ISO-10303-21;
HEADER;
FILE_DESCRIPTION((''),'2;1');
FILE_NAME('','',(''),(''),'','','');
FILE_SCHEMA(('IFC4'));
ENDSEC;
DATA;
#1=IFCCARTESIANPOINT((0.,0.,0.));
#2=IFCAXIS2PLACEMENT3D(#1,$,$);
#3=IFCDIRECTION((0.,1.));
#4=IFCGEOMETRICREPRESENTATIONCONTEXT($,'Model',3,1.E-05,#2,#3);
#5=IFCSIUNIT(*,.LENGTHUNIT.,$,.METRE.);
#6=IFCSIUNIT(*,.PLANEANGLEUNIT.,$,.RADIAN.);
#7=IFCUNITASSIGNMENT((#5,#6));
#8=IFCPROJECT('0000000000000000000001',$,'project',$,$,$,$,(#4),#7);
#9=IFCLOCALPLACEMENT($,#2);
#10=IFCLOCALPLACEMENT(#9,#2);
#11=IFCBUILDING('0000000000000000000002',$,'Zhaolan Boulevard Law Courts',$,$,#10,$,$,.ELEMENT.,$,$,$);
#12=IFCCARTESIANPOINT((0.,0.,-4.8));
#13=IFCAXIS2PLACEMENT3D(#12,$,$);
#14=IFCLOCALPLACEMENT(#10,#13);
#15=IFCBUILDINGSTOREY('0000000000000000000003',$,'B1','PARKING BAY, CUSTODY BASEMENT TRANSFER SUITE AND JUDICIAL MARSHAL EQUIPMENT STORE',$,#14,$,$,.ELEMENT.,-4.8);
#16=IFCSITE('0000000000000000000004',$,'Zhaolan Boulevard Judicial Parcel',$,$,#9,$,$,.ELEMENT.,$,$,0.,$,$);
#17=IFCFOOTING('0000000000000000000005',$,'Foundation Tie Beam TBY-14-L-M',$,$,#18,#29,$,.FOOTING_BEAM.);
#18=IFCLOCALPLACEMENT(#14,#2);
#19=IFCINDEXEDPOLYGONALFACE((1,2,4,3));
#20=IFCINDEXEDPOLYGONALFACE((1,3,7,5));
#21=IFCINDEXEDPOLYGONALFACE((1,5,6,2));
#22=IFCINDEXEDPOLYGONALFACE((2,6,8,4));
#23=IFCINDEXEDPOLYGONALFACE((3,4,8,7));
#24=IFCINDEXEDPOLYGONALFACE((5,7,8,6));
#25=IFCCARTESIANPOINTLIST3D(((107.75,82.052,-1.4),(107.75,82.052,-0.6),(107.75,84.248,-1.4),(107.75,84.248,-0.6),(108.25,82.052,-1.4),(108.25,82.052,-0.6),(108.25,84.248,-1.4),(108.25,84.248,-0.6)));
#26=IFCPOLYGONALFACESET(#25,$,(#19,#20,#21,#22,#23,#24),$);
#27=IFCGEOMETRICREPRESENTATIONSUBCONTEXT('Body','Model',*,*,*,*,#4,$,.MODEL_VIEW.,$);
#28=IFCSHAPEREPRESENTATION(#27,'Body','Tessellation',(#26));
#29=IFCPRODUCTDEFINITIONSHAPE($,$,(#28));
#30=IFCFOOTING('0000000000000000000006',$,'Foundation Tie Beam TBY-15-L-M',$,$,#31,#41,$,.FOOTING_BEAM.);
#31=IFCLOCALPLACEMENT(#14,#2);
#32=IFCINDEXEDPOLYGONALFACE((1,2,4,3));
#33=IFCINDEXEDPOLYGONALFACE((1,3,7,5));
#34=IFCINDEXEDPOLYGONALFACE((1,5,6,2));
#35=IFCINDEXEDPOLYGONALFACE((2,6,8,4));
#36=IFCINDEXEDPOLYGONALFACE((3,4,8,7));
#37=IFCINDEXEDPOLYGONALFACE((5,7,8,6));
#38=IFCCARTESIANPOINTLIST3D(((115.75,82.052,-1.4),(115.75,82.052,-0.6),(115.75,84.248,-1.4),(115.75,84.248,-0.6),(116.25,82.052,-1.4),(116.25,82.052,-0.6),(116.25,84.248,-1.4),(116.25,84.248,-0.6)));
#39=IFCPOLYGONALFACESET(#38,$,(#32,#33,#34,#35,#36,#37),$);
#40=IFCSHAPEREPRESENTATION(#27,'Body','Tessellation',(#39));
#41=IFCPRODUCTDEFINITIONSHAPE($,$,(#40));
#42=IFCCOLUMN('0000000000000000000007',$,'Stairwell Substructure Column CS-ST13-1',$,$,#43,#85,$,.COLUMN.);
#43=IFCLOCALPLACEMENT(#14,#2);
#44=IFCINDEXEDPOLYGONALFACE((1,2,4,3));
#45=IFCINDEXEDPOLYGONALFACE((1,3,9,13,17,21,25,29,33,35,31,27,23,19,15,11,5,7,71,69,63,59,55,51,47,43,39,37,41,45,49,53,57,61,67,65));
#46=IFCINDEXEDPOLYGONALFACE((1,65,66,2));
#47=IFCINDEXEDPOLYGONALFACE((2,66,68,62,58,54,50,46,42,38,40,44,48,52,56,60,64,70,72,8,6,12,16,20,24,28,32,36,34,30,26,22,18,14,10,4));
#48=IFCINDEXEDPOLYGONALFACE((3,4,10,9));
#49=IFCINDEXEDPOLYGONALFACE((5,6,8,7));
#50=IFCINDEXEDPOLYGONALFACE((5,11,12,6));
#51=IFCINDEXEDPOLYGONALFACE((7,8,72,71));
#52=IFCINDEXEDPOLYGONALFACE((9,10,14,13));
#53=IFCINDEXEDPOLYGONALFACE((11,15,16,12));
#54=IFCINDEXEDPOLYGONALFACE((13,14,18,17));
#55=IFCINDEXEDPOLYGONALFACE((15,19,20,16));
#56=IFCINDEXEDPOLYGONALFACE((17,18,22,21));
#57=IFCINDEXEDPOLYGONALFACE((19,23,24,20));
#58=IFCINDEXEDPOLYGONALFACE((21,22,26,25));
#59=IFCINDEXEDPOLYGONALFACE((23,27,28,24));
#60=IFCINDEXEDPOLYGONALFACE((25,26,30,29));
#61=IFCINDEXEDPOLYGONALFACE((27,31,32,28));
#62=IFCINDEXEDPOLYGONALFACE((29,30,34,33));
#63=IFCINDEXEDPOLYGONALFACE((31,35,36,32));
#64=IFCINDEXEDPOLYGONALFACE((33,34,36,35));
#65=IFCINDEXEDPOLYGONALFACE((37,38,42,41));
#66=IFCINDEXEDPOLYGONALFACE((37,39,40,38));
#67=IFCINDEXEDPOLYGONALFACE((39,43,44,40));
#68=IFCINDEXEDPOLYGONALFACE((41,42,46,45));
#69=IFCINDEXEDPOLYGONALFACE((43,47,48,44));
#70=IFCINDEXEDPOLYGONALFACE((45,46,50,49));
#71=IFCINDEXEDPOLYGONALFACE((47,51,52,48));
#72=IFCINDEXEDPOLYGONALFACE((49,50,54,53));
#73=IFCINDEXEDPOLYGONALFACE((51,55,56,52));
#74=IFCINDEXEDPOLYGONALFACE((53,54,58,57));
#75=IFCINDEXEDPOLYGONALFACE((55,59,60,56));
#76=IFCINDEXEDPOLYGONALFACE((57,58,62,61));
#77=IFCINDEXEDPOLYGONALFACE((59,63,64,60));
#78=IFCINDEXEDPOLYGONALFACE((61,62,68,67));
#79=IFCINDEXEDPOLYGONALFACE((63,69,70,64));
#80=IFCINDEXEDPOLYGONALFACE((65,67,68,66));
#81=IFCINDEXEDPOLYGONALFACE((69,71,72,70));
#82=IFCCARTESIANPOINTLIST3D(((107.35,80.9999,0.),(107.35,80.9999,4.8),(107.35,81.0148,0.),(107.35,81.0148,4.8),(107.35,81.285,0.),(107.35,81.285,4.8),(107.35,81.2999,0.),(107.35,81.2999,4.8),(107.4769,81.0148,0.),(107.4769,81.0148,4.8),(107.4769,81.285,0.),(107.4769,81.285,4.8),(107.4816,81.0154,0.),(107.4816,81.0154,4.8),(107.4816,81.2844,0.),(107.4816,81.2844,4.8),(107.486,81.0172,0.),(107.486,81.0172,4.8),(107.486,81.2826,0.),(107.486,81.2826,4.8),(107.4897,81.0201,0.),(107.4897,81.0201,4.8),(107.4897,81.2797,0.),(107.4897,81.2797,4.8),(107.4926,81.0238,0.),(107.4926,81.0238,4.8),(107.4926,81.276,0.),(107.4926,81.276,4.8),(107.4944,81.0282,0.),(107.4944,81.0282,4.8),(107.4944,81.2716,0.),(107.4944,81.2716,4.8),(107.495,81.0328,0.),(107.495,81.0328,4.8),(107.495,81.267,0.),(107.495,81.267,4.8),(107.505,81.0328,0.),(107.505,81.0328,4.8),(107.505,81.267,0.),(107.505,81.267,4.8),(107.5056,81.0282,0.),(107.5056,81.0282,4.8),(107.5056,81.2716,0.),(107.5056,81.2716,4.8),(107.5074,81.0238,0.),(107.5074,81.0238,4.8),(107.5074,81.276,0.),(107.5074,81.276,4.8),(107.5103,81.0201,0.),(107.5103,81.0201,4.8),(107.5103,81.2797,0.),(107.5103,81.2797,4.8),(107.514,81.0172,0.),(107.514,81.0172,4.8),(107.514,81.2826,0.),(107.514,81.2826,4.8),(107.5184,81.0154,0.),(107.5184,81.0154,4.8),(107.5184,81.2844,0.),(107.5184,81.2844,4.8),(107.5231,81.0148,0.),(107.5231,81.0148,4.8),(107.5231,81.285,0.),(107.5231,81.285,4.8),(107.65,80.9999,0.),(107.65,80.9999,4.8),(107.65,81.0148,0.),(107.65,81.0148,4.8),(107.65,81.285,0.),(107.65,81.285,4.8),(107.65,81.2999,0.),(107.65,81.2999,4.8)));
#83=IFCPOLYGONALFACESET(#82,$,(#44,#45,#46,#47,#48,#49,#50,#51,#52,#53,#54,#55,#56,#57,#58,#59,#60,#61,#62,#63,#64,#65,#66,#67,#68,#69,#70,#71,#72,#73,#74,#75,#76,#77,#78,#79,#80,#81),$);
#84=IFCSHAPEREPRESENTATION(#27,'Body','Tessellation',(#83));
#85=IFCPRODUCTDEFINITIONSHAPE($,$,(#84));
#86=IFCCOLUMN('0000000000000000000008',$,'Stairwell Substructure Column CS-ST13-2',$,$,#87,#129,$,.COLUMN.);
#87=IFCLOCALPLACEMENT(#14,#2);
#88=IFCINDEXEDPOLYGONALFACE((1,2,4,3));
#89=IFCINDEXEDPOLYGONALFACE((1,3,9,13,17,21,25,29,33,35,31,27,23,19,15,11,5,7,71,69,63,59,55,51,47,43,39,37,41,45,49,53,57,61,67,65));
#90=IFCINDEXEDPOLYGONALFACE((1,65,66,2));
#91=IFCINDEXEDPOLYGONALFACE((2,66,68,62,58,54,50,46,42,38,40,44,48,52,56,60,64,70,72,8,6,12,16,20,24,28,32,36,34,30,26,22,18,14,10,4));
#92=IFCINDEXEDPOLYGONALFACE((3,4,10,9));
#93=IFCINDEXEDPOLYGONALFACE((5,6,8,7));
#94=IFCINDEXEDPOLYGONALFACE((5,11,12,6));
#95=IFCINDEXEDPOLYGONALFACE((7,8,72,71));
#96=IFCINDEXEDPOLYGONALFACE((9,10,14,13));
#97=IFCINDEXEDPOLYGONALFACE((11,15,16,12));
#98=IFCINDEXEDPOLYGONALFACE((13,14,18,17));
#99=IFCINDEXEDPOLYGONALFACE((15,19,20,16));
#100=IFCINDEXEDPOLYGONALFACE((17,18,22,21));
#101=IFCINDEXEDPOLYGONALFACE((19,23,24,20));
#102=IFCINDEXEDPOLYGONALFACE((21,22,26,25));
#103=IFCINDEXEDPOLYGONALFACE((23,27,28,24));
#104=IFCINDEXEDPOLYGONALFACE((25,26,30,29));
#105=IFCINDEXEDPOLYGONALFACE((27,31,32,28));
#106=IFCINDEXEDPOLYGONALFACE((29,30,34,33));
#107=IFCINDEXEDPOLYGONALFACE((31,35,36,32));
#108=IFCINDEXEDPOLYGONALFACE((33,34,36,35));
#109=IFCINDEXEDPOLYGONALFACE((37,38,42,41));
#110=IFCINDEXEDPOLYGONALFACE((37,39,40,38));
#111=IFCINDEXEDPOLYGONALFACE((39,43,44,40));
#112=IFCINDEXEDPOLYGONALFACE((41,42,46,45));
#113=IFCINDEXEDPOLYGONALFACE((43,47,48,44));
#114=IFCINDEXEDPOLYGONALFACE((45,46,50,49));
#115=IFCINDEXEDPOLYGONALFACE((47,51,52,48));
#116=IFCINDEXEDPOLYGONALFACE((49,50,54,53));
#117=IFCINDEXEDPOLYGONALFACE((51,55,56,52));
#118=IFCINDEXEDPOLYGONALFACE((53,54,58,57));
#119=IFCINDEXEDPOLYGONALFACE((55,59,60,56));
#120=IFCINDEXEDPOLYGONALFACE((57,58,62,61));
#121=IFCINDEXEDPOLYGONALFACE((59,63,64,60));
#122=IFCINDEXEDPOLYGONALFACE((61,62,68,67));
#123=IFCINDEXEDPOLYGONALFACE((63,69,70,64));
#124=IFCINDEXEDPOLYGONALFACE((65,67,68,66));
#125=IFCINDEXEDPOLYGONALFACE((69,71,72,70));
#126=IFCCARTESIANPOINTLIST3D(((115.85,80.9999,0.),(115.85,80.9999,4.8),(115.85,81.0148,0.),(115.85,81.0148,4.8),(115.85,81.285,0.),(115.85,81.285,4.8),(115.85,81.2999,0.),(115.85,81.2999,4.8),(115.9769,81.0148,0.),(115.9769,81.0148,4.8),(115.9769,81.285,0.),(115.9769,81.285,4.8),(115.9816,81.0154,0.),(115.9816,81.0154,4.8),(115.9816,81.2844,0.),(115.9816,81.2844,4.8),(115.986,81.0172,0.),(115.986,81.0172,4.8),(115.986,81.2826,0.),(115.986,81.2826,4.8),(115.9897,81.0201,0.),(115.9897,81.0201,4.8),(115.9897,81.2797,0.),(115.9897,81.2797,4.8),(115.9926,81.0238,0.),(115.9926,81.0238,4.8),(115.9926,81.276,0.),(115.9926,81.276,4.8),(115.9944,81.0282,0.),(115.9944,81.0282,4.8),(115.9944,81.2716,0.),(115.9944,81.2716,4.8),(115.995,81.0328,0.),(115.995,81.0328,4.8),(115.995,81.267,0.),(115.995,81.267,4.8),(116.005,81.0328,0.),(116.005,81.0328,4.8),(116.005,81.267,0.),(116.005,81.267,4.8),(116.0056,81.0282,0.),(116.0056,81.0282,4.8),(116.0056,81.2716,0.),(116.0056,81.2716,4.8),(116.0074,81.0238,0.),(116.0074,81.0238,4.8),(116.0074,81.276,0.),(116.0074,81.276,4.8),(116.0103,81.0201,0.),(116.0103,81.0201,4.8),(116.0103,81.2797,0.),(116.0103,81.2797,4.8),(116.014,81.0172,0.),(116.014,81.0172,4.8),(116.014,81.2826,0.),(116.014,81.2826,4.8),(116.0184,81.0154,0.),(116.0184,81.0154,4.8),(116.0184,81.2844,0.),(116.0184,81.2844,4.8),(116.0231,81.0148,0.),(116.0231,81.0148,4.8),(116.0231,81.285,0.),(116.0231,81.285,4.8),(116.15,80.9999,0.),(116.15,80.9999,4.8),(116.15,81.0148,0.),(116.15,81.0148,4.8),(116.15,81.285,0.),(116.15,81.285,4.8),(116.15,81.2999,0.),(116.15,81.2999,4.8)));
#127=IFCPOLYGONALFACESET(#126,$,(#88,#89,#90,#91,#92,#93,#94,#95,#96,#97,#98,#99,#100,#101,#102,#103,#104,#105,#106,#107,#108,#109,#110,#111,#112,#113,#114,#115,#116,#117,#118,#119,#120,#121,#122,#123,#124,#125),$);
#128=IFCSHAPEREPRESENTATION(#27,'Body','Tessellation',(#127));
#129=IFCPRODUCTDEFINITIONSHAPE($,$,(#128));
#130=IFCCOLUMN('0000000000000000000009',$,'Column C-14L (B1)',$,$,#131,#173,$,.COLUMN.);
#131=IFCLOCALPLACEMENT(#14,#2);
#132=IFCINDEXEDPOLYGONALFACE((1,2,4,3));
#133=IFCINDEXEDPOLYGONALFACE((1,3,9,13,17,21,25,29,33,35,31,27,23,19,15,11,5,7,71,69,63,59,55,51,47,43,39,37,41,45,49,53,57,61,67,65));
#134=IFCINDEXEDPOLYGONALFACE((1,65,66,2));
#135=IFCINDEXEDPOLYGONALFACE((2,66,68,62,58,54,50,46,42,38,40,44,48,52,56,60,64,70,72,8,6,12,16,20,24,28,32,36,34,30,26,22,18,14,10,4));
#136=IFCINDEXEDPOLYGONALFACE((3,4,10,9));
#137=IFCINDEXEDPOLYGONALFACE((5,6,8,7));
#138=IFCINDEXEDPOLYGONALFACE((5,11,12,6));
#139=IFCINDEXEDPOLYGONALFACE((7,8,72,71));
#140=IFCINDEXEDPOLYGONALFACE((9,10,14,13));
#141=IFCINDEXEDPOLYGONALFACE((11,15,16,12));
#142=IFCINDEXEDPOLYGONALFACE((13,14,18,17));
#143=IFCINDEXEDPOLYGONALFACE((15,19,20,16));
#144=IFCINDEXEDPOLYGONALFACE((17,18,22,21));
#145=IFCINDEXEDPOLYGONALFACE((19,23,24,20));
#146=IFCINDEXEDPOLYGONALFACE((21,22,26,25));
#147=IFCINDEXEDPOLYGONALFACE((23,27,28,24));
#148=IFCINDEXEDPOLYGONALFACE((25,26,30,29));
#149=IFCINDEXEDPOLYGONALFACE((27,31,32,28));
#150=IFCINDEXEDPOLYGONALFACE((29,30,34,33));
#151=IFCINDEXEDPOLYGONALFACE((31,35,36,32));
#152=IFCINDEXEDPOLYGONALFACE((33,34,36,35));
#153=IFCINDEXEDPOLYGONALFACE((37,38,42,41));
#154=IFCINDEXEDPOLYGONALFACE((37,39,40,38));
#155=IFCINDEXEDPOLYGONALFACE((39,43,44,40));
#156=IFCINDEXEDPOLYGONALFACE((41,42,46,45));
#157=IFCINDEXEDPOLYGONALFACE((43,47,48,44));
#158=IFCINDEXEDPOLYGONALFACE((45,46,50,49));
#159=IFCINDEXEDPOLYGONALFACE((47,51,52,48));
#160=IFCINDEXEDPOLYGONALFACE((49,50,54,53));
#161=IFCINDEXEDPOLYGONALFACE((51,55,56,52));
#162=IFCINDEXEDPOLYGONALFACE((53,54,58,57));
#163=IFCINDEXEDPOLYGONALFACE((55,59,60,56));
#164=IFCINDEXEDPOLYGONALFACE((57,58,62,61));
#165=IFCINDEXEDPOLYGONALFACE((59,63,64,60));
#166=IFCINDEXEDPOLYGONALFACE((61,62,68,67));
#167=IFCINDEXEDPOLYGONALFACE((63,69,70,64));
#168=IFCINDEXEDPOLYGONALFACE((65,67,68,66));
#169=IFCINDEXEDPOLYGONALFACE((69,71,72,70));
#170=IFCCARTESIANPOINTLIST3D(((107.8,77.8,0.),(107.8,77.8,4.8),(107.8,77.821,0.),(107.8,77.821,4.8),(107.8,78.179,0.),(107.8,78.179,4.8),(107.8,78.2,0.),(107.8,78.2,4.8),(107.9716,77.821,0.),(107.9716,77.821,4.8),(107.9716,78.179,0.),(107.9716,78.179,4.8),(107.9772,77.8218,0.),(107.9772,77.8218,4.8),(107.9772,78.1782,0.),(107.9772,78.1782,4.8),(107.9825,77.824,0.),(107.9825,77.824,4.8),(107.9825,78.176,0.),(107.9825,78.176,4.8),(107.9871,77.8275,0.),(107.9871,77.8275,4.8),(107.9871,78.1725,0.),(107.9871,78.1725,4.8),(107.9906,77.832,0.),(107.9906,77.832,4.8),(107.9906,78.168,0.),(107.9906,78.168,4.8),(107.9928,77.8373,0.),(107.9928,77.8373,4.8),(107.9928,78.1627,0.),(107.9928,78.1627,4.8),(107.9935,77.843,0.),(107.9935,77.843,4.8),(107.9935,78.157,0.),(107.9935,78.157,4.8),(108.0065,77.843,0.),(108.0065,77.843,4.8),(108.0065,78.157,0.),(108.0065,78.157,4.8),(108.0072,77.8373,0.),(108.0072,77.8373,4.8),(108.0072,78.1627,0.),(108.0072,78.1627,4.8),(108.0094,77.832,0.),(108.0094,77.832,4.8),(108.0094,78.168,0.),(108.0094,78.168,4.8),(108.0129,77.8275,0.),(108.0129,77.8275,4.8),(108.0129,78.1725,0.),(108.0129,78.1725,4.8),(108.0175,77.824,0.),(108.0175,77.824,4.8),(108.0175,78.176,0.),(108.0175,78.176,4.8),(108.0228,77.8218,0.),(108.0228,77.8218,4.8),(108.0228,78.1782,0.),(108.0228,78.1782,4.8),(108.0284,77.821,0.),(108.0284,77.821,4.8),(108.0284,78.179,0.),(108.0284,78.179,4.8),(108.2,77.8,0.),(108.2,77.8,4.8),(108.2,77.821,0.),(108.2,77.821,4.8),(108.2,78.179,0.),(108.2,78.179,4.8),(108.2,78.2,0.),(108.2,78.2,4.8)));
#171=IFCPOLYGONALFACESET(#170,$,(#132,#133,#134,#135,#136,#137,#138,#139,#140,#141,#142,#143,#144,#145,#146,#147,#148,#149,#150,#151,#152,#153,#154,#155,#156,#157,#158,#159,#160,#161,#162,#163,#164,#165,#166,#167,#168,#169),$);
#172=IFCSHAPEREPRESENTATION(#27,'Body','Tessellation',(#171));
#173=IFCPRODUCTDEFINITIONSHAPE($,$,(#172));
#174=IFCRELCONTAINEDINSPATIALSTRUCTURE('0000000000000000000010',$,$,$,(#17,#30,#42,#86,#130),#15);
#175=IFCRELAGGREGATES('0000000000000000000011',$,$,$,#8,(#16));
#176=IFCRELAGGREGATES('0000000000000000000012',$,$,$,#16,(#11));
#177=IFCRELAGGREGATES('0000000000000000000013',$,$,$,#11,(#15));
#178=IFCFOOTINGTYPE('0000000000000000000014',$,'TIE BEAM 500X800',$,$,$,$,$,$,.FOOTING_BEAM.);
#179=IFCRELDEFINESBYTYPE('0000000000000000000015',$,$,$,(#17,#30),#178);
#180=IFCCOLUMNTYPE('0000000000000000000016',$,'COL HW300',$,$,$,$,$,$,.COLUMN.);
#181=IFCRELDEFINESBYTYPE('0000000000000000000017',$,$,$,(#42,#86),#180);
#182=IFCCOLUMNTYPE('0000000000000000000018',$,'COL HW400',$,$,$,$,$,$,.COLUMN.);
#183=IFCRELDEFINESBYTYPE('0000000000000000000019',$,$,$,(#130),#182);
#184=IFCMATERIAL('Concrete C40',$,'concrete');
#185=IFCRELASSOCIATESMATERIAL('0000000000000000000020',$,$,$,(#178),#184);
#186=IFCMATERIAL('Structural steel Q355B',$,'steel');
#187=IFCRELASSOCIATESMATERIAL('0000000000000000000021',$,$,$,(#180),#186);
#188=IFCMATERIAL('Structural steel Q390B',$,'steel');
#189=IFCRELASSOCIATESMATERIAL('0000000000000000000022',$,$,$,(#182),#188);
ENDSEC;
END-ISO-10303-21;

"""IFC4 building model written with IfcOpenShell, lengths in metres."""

from ifc_helpers import new_model, si_unit, direction, frame, origin, origin_2d, place, context, subcontext, project, spatial, rectangle, i_section, extrude, material, material_profile, profile_set, type_object, element, save


model = new_model("IFC4")

# Units and contexts
model_context = context("Model", 3, precision=1e-05, world=origin(), true_north=direction((0.0, 1.0)))
body_context = subcontext(model_context, "Body", "Model", "MODEL_VIEW")
ifc_project = project(units=[si_unit("LENGTHUNIT", "METRE"), si_unit("PLANEANGLEUNIT", "RADIAN")], contexts=[model_context])

# Site, building, storey
site_placement = place(None, origin())
site = spatial("IfcSite", under=ifc_project, at=site_placement, Name="Zhaolan Boulevard Judicial Parcel", CompositionType="ELEMENT", RefElevation=0.0)
building_placement = place(site_placement, origin())
building = spatial("IfcBuilding", under=site, at=building_placement, Name="Zhaolan Boulevard Law Courts", CompositionType="ELEMENT")
storey_placement = place(building_placement, frame((0.0, 0.0, -4.8)))
storey = spatial("IfcBuildingStorey", under=building, at=storey_placement, Name="B1", Description="PARKING BAY, CUSTODY BASEMENT TRANSFER SUITE AND JUDICIAL MARSHAL EQUIPMENT STORE", CompositionType="ELEMENT", Elevation=-4.8)

# Footings
ifc_material_1 = material(Name="Concrete C40", Category="concrete")
ifc_material_profile_1 = material_profile(ifc_material_1, rectangle(XDim=0.5, YDim=0.8, at=origin_2d()), Name="RC500x800")
ifc_profile_set_1 = profile_set([ifc_material_profile_1], Name="Concrete C40")
footing_type_1 = type_object("IfcFootingType", Name="TIE BEAM 500X800", PredefinedType="FOOTING_BEAM", material=ifc_profile_set_1)
for number, where, z_axis, x_axis, name in (
    (1, (108.0, 82.052, -1.0), (0.0, 1.0, 0.0), (-1.0, 0.0, 0.0), "Foundation Tie Beam TBY-14-L-M"),
    (2, (116.0, 82.052, -1.0), (0.0, 1.0, 0.0), (-1.0, 0.0, 0.0), "Foundation Tie Beam TBY-15-L-M"),
):
    element("IfcFooting", number, at=place(storey_placement, frame(where, z_axis=z_axis, x_axis=x_axis)), inside=storey, type_object=footing_type_1, Name=name, PredefinedType="FOOTING_BEAM", context=body_context, shape_type="SweptSolid", body=[
        extrude(rectangle(XDim=0.5, YDim=0.8, at=origin_2d()), origin(), (0.0, 0.0, 1.0), 2.196),
    ])

# Columns
ifc_material_2 = material(Name="Structural steel Q355B", Category="steel")
ifc_material_profile_2 = material_profile(ifc_material_2, i_section(OverallWidth=0.3, OverallDepth=0.3, WebThickness=0.01, FlangeThickness=0.0149, FilletRadius=0.0181, at=origin_2d()), Name="HW300x300")
ifc_profile_set_2 = profile_set([ifc_material_profile_2], Name="Structural steel Q355B")
column_type_1 = type_object("IfcColumnType", Name="COL HW300", PredefinedType="COLUMN", material=ifc_profile_set_2)
for number, where, z_axis, x_axis, name in (
    (3, (107.5, 81.1499, 0.0), (0.0, 0.0, 1.0), (1.0, 0.0, 0.0), "Stairwell Substructure Column CS-ST13-1"),
    (4, (116.0, 81.1499, 0.0), (0.0, 0.0, 1.0), (1.0, 0.0, 0.0), "Stairwell Substructure Column CS-ST13-2"),
):
    element("IfcColumn", number, at=place(storey_placement, frame(where, z_axis=z_axis, x_axis=x_axis)), inside=storey, type_object=column_type_1, Name=name, PredefinedType="COLUMN", context=body_context, shape_type="SweptSolid", body=[
        extrude(i_section(OverallWidth=0.3, OverallDepth=0.3, WebThickness=0.01, FlangeThickness=0.0149, FilletRadius=0.0181, at=origin_2d()), origin(), (0.0, 0.0, 1.0), 4.8),
    ])
ifc_material_3 = material(Name="Structural steel Q390B", Category="steel")
ifc_material_profile_3 = material_profile(ifc_material_3, i_section(OverallWidth=0.3999, OverallDepth=0.3999, WebThickness=0.0129, FlangeThickness=0.021, FilletRadius=0.022, at=origin_2d()), Name="HW400x400")
ifc_profile_set_3 = profile_set([ifc_material_profile_3], Name="Structural steel Q390B")
column_type_2 = type_object("IfcColumnType", Name="COL HW400", PredefinedType="COLUMN", material=ifc_profile_set_3)
for number, where, z_axis, x_axis, name in (
    (5, (108.0, 78.0, 0.0), (0.0, 0.0, 1.0), (1.0, 0.0, 0.0), "Column C-14L (B1)"),
):
    element("IfcColumn", number, at=place(storey_placement, frame(where, z_axis=z_axis, x_axis=x_axis)), inside=storey, type_object=column_type_2, Name=name, PredefinedType="COLUMN", context=body_context, shape_type="SweptSolid", body=[
        extrude(i_section(OverallWidth=0.3999, OverallDepth=0.3999, WebThickness=0.0129, FlangeThickness=0.021, FilletRadius=0.022, at=origin_2d()), origin(), (0.0, 0.0, 1.0), 4.8),
    ])

save(model, "model.ifc")
